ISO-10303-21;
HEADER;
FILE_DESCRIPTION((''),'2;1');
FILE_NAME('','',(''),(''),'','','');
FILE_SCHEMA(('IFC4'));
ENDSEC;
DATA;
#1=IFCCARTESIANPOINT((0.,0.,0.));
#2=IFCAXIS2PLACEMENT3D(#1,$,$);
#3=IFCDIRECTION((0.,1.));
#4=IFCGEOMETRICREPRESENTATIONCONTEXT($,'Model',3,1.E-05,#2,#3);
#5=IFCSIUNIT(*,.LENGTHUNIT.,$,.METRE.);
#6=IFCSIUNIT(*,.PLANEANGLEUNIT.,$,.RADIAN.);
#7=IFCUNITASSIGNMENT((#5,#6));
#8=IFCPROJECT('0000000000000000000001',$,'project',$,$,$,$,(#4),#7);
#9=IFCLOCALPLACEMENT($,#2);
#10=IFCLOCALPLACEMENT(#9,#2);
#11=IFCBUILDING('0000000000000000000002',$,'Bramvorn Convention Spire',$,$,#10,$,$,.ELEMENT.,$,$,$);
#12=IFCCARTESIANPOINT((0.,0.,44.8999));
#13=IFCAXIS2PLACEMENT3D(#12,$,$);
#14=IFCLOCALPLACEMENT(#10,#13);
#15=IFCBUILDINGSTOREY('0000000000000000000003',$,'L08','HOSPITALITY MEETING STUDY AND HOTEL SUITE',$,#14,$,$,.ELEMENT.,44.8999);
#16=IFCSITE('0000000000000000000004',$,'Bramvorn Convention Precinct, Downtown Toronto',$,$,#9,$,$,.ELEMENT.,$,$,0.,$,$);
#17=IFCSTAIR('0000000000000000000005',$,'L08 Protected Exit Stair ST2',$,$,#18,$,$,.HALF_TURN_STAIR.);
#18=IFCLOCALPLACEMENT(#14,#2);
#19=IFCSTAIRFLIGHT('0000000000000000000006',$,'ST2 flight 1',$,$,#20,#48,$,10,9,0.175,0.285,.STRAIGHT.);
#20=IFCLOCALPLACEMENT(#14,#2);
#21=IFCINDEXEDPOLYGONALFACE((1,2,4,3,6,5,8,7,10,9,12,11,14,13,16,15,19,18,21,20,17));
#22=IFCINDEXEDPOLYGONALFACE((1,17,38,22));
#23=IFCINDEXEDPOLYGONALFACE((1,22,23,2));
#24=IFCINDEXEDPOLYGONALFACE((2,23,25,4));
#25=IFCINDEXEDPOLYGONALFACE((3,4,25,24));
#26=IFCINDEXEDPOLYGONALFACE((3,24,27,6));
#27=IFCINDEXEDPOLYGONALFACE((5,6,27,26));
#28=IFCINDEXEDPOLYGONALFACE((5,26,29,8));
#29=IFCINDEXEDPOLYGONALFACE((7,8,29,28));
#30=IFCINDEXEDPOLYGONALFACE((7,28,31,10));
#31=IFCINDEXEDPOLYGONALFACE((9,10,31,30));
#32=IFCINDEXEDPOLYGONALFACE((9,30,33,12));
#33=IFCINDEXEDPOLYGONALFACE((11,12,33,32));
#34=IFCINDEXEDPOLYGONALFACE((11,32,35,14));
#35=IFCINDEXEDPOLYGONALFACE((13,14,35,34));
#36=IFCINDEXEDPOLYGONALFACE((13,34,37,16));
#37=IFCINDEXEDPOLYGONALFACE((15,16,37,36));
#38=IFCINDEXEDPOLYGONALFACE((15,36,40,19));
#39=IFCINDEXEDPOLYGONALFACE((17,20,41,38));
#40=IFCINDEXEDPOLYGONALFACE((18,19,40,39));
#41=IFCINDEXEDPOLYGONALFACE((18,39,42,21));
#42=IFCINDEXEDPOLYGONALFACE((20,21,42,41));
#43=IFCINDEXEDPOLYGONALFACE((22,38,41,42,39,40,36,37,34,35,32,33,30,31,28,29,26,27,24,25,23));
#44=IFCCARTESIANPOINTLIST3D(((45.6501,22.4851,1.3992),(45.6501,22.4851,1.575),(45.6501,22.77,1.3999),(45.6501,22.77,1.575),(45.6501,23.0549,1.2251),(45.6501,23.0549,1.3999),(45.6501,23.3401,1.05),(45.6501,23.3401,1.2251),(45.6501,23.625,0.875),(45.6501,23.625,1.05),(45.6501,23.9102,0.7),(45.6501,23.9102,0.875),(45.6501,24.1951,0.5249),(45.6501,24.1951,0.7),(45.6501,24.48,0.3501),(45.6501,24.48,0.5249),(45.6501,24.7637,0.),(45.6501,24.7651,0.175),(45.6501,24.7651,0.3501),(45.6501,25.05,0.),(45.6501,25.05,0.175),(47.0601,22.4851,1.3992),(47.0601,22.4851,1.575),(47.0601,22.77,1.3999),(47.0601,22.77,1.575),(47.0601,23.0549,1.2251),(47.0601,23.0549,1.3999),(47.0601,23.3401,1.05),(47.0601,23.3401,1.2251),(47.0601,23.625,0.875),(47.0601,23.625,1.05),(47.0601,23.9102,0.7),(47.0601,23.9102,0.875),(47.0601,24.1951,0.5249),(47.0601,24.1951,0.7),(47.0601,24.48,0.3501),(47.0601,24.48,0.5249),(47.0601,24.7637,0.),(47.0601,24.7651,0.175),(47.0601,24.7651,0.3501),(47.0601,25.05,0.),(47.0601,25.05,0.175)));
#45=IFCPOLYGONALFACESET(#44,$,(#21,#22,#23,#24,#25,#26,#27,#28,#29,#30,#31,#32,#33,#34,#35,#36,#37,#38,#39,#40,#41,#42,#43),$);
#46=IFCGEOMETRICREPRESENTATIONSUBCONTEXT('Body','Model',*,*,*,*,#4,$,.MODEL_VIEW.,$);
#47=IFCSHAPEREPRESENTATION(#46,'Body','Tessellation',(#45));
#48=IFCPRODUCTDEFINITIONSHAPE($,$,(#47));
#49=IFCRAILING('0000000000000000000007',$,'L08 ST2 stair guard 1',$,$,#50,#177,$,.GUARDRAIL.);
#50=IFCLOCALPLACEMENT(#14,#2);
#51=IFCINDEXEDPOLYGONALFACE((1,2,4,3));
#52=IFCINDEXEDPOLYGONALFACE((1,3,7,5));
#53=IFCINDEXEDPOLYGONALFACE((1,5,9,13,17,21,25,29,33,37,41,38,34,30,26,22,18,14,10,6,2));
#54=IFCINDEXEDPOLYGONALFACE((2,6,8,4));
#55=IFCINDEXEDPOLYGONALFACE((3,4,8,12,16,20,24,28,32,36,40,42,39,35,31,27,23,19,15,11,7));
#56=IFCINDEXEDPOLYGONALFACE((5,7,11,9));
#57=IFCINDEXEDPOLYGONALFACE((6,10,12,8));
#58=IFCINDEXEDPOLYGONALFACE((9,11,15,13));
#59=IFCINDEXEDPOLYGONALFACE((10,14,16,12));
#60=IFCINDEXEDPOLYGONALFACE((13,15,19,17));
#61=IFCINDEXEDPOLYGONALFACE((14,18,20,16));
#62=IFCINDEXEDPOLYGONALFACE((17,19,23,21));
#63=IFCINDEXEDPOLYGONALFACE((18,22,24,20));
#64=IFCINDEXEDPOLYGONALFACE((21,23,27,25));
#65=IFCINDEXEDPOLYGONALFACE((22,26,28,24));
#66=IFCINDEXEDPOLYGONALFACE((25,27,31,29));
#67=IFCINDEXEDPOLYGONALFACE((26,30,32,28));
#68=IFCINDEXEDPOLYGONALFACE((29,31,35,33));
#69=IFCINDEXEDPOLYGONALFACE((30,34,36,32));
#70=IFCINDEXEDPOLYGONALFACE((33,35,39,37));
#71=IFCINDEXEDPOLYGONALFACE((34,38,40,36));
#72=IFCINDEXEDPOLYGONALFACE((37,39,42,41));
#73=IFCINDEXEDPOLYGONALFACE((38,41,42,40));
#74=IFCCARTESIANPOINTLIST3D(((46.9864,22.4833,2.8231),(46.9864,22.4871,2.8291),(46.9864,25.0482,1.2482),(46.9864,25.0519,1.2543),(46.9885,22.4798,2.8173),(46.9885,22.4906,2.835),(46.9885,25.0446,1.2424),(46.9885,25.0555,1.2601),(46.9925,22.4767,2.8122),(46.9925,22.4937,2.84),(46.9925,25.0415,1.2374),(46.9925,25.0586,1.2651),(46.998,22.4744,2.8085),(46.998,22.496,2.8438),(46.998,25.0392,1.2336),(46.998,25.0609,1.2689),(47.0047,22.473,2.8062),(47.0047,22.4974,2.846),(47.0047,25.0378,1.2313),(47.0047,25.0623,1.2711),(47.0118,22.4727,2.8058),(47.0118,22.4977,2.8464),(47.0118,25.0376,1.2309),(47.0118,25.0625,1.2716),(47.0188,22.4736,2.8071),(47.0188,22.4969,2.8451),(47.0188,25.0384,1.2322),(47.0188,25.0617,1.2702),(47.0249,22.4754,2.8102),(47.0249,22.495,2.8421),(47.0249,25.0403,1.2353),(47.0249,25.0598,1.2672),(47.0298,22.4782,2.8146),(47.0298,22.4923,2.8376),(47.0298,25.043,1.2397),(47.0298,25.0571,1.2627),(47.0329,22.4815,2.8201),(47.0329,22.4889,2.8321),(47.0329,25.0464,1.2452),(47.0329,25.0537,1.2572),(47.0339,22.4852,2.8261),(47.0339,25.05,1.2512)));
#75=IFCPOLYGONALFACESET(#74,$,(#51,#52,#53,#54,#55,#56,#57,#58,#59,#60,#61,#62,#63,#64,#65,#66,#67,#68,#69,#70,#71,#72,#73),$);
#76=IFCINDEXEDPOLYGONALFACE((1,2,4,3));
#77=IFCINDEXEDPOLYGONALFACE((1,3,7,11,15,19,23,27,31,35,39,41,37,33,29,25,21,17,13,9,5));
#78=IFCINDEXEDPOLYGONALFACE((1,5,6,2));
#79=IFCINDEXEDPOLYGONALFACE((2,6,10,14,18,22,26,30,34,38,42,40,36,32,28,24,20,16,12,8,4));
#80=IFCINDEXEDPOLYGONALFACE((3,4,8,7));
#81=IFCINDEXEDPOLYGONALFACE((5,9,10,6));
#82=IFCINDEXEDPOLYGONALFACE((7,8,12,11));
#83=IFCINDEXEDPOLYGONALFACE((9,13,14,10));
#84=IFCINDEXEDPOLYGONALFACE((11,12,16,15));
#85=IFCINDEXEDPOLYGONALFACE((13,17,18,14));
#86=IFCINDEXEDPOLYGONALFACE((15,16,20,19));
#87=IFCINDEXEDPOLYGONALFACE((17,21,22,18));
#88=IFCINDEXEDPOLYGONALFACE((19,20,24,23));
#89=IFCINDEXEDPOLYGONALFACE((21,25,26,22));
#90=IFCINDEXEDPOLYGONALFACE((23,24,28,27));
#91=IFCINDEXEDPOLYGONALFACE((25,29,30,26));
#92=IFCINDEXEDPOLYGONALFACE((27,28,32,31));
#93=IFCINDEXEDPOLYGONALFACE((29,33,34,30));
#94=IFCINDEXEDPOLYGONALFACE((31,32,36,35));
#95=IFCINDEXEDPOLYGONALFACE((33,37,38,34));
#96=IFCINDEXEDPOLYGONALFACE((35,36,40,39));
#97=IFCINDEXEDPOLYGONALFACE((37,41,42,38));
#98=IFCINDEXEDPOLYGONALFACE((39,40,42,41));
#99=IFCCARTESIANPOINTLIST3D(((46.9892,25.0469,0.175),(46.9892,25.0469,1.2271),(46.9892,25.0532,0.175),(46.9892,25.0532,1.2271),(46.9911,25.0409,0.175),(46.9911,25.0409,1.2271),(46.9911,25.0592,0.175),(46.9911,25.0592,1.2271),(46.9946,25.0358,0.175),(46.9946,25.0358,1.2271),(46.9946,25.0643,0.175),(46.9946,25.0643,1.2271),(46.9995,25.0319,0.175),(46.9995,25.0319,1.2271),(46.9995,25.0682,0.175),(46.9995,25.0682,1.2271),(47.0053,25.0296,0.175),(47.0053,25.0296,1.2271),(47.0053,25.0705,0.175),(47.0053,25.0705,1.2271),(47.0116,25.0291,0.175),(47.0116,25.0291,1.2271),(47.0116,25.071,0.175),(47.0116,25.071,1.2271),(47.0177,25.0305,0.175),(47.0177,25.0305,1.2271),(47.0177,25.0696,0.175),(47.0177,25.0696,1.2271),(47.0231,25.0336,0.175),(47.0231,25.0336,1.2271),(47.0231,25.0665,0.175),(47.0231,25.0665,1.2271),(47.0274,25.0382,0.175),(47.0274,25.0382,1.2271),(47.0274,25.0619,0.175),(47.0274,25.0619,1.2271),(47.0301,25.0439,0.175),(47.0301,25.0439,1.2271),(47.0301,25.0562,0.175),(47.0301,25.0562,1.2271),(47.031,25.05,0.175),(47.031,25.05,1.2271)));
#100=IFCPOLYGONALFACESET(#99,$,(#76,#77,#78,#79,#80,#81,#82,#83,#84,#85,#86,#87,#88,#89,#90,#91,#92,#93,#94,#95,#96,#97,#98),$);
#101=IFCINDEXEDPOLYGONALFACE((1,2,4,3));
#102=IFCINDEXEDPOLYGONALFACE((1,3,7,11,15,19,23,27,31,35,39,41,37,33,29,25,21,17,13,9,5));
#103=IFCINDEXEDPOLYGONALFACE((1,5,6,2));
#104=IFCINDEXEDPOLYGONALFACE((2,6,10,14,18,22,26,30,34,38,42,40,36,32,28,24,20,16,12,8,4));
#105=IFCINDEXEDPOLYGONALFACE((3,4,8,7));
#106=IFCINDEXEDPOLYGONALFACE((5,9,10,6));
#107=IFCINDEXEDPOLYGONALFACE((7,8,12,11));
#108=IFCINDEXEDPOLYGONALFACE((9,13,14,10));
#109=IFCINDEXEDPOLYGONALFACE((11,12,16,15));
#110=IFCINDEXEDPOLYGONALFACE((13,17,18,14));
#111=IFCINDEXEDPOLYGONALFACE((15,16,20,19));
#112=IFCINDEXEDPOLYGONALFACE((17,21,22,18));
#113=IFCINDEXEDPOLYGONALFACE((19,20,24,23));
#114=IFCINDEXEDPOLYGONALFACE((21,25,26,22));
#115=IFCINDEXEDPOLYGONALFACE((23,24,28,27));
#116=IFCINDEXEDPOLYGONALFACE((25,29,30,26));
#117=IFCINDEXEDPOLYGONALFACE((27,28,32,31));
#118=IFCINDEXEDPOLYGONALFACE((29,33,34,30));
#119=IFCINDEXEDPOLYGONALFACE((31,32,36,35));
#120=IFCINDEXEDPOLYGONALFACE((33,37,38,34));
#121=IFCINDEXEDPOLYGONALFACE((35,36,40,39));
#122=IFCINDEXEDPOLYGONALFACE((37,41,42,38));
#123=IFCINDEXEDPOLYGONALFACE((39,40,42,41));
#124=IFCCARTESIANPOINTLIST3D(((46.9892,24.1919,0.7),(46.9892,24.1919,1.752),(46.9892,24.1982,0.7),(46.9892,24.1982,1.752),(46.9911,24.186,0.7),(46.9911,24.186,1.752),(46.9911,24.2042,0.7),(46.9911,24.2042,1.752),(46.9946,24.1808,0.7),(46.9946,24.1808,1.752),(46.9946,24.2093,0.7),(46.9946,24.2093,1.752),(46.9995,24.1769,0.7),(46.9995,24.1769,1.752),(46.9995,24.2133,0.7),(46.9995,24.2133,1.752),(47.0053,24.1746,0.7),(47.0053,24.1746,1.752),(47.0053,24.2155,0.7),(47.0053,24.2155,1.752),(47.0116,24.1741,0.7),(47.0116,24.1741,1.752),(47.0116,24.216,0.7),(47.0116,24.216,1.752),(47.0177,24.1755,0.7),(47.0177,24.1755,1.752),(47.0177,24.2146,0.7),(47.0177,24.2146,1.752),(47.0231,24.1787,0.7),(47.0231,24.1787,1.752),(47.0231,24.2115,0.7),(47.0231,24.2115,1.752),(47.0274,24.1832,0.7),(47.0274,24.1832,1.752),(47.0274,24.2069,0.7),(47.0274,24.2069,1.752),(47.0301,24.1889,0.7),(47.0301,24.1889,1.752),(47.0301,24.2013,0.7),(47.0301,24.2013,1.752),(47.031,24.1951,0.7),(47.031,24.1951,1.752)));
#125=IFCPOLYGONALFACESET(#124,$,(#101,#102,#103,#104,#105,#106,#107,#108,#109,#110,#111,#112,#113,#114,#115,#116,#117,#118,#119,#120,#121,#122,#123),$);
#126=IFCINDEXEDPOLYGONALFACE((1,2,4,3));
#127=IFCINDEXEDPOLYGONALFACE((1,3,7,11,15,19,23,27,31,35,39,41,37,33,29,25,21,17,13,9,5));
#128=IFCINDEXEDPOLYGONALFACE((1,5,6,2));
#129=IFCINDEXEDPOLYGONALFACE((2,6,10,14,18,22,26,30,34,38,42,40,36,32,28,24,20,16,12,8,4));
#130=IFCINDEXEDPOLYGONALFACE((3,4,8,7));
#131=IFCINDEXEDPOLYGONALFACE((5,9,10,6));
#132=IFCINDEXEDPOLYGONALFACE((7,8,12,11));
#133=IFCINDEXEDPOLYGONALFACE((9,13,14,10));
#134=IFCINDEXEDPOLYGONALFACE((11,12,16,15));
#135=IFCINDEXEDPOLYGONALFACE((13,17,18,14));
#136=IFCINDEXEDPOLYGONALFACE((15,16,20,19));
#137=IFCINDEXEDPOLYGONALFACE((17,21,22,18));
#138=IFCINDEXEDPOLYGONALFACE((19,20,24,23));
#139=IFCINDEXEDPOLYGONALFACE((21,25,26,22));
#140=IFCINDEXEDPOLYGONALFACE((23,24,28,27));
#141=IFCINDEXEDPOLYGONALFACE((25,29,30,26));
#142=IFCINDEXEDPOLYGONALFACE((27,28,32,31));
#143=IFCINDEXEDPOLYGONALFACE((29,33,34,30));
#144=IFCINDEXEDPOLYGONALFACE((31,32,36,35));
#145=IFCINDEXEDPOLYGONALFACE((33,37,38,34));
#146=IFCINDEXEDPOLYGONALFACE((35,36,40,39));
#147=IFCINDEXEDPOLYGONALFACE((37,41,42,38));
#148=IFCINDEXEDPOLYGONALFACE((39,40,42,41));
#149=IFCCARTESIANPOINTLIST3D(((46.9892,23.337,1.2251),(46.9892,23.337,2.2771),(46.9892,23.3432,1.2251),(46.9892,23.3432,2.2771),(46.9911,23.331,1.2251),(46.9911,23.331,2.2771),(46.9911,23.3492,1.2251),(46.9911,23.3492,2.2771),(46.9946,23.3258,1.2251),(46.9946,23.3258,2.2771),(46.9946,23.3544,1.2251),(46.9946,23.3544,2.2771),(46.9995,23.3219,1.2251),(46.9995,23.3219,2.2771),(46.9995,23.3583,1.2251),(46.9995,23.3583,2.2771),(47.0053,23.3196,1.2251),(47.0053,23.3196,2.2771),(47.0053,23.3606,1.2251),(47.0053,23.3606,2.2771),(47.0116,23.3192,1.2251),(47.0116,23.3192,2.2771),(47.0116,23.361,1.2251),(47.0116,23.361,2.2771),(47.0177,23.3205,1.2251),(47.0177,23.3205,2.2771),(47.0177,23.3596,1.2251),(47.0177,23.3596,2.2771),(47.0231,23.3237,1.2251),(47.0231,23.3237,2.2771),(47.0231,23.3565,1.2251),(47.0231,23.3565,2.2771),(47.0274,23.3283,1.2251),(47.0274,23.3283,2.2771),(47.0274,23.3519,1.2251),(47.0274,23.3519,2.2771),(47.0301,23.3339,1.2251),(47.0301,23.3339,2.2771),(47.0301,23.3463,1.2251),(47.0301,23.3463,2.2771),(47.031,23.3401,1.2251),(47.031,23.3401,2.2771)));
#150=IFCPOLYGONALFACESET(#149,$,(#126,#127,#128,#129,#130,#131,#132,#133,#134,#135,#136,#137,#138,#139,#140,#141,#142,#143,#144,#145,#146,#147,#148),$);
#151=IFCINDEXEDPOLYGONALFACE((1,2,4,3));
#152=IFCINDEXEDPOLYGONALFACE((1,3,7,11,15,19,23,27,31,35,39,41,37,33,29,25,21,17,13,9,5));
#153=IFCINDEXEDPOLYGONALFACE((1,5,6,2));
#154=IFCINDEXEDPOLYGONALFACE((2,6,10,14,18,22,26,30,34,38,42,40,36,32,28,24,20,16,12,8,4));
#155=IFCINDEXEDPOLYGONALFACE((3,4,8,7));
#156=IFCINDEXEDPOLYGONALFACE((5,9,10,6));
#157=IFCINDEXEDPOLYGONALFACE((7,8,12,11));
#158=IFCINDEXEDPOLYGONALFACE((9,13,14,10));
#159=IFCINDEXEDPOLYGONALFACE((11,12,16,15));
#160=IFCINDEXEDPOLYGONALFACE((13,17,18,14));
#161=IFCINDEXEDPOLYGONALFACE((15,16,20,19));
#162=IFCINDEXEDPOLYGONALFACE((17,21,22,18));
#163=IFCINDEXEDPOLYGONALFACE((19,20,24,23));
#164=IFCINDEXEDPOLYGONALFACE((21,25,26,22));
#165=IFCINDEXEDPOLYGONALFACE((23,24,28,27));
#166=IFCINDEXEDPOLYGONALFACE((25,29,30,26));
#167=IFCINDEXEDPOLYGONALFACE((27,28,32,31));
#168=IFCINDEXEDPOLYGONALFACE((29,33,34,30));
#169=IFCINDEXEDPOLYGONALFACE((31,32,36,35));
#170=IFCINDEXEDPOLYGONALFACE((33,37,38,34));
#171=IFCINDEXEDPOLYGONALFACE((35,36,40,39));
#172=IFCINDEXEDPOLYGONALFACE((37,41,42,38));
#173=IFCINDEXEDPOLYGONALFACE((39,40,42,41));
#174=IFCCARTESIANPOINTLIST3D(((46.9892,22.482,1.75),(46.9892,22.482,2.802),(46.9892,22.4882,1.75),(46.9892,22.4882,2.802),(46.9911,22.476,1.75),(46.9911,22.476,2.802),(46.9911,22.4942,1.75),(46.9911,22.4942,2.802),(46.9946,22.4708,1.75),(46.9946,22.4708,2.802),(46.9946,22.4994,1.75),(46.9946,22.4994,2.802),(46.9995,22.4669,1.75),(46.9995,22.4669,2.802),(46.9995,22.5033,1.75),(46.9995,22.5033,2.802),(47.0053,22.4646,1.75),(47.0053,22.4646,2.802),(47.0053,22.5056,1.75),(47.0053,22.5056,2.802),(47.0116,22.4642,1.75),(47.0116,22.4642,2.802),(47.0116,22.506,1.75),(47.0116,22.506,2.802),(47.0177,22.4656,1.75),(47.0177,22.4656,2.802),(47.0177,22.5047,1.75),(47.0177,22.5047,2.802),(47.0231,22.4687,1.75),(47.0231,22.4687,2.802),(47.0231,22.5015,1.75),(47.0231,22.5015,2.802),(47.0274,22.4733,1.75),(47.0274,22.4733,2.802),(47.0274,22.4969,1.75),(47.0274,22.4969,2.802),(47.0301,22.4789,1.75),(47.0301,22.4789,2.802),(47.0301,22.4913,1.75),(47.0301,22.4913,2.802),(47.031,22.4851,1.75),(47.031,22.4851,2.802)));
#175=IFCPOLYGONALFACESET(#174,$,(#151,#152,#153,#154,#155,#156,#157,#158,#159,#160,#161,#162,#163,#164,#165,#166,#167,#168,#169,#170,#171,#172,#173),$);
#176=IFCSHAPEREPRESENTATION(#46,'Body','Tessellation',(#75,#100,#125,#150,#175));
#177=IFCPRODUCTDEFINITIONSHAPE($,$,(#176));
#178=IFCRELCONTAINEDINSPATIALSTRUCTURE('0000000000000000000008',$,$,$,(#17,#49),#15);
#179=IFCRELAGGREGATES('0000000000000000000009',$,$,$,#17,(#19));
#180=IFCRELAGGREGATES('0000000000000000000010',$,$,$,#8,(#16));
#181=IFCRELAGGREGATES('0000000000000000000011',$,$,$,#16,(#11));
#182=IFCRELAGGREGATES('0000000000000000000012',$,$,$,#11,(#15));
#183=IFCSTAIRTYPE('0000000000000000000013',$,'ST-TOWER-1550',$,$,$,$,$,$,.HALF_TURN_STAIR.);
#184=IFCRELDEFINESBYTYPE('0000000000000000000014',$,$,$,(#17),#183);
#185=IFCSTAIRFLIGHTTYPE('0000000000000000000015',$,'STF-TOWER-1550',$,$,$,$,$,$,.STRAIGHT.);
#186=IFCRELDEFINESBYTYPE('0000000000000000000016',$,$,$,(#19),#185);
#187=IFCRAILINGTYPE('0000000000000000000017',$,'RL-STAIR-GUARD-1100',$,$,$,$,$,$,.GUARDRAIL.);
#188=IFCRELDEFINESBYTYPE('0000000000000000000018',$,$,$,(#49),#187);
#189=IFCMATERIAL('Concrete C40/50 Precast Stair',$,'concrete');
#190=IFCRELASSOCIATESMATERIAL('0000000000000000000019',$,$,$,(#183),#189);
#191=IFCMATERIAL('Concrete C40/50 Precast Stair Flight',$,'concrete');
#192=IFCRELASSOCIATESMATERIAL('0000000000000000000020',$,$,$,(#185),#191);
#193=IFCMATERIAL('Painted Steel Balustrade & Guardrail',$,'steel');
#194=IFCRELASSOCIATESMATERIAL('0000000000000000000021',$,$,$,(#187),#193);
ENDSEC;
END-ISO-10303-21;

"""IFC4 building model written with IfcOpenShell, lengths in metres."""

from ifc_helpers import new_model, si_unit, direction, frame, origin, origin_2d, place, context, subcontext, project, spatial, polyline, circle, outline, extrude, material, type_object, element, aggregate, save


model = new_model("IFC4")

# Units and contexts
model_context = context("Model", 3, precision=1e-05, world=origin(), true_north=direction((0.0, 1.0)))
body_context = subcontext(model_context, "Body", "Model", "MODEL_VIEW")
ifc_project = project(units=[si_unit("LENGTHUNIT", "METRE"), si_unit("PLANEANGLEUNIT", "RADIAN")], contexts=[model_context])

# Site, building, storey
site_placement = place(None, origin())
site = spatial("IfcSite", under=ifc_project, at=site_placement, Name="Bramvorn Convention Precinct, Downtown Toronto", CompositionType="ELEMENT", RefElevation=0.0)
building_placement = place(site_placement, origin())
building = spatial("IfcBuilding", under=site, at=building_placement, Name="Bramvorn Convention Spire", CompositionType="ELEMENT")
storey_placement = place(building_placement, frame((0.0, 0.0, 44.8999)))
storey = spatial("IfcBuildingStorey", under=building, at=storey_placement, Name="L08", Description="HOSPITALITY MEETING STUDY AND HOTEL SUITE", CompositionType="ELEMENT", Elevation=44.8999)

# Stair, stair flight
ifc_material_1 = material(Name="Concrete C40/50 Precast Stair", Category="concrete")
stair_type = type_object("IfcStairType", Name="ST-TOWER-1550", PredefinedType="HALF_TURN_STAIR", material=ifc_material_1)
stair_placement = place(storey_placement, origin())
stair = element("IfcStair", 1, at=stair_placement, inside=storey, type_object=stair_type, Name="L08 Protected Exit Stair ST2", PredefinedType="HALF_TURN_STAIR")
ifc_material_2 = material(Name="Concrete C40/50 Precast Stair Flight", Category="concrete")
stair_flight_type = type_object("IfcStairFlightType", Name="STF-TOWER-1550", PredefinedType="STRAIGHT", material=ifc_material_2)
stair_flight_placement = place(storey_placement, frame((46.355, 25.05, 0.0), z_axis=(0.0, 0.0, 1.0), x_axis=(0.0, -1.0, 0.0)))
stair_flight = element("IfcStairFlight", 2, at=stair_flight_placement, type_object=stair_flight_type, Name="ST2 flight 1", NumberOfRisers=10, NumberOfTreads=9, PredefinedType="STRAIGHT", RiserHeight=0.175, TreadLength=0.285, context=body_context, shape_type="SweptSolid", body=[
    extrude(outline(polyline([(0.0, 0.0), (0.0, 0.175), (0.2849, 0.175), (0.2849, 0.3501), (0.5701, 0.3501), (0.5701, 0.5249), (0.855, 0.5249), (0.855, 0.7), (1.1399, 0.7), (1.1399, 0.875), (1.425, 0.875), (1.425, 1.05), (1.71, 1.05), (1.71, 1.2251), (1.9951, 1.2251), (1.9951, 1.3999), (2.28, 1.3999), (2.28, 1.575), (2.5649, 1.575), (2.5649, 1.75), (2.5649, 1.3992), (0.2864, 0.0), (0.0, 0.0)])), frame((0.0, 0.7051, 0.0), z_axis=(0.0, -1.0, 0.0), x_axis=(1.0, 0.0, 0.0)), (0.0, 0.0, 1.0), 1.4099),
])
aggregate(stair, [stair_flight])

# Railing
ifc_material_3 = material(Name="Painted Steel Balustrade & Guardrail", Category="steel")
railing_type_1 = type_object("IfcRailingType", Name="RL-STAIR-GUARD-1100", PredefinedType="GUARDRAIL", material=ifc_material_3)
railing_1_placement = place(storey_placement, frame((47.01, 25.05, 0.175)))
element("IfcRailing", 3, at=railing_1_placement, inside=storey, type_object=railing_type_1, Name="L08 ST2 stair guard 1", PredefinedType="GUARDRAIL", context=body_context, shape_type="SweptSolid", body=[
    extrude(circle(Radius=0.0239, at=origin_2d()), frame((0.0, 0.0, 1.0762), z_axis=(0.0, -0.852173, 0.52326), x_axis=(1.0, 0.0, 0.0)), (0.0, 0.0, 1.0), 3.0098),
    extrude(circle(Radius=0.021, at=origin_2d()), origin(), (0.0, 0.0, 1.0), 1.052),
    extrude(circle(Radius=0.021, at=origin_2d()), frame((0.0, -0.855, 0.5249)), (0.0, 0.0, 1.0), 1.052),
    extrude(circle(Radius=0.021, at=origin_2d()), frame((0.0, -1.71, 1.05)), (0.0, 0.0, 1.0), 1.052),
    extrude(circle(Radius=0.021, at=origin_2d()), frame((0.0, -2.5649, 1.575)), (0.0, 0.0, 1.0), 1.052),
])

save(model, "model.ifc")
